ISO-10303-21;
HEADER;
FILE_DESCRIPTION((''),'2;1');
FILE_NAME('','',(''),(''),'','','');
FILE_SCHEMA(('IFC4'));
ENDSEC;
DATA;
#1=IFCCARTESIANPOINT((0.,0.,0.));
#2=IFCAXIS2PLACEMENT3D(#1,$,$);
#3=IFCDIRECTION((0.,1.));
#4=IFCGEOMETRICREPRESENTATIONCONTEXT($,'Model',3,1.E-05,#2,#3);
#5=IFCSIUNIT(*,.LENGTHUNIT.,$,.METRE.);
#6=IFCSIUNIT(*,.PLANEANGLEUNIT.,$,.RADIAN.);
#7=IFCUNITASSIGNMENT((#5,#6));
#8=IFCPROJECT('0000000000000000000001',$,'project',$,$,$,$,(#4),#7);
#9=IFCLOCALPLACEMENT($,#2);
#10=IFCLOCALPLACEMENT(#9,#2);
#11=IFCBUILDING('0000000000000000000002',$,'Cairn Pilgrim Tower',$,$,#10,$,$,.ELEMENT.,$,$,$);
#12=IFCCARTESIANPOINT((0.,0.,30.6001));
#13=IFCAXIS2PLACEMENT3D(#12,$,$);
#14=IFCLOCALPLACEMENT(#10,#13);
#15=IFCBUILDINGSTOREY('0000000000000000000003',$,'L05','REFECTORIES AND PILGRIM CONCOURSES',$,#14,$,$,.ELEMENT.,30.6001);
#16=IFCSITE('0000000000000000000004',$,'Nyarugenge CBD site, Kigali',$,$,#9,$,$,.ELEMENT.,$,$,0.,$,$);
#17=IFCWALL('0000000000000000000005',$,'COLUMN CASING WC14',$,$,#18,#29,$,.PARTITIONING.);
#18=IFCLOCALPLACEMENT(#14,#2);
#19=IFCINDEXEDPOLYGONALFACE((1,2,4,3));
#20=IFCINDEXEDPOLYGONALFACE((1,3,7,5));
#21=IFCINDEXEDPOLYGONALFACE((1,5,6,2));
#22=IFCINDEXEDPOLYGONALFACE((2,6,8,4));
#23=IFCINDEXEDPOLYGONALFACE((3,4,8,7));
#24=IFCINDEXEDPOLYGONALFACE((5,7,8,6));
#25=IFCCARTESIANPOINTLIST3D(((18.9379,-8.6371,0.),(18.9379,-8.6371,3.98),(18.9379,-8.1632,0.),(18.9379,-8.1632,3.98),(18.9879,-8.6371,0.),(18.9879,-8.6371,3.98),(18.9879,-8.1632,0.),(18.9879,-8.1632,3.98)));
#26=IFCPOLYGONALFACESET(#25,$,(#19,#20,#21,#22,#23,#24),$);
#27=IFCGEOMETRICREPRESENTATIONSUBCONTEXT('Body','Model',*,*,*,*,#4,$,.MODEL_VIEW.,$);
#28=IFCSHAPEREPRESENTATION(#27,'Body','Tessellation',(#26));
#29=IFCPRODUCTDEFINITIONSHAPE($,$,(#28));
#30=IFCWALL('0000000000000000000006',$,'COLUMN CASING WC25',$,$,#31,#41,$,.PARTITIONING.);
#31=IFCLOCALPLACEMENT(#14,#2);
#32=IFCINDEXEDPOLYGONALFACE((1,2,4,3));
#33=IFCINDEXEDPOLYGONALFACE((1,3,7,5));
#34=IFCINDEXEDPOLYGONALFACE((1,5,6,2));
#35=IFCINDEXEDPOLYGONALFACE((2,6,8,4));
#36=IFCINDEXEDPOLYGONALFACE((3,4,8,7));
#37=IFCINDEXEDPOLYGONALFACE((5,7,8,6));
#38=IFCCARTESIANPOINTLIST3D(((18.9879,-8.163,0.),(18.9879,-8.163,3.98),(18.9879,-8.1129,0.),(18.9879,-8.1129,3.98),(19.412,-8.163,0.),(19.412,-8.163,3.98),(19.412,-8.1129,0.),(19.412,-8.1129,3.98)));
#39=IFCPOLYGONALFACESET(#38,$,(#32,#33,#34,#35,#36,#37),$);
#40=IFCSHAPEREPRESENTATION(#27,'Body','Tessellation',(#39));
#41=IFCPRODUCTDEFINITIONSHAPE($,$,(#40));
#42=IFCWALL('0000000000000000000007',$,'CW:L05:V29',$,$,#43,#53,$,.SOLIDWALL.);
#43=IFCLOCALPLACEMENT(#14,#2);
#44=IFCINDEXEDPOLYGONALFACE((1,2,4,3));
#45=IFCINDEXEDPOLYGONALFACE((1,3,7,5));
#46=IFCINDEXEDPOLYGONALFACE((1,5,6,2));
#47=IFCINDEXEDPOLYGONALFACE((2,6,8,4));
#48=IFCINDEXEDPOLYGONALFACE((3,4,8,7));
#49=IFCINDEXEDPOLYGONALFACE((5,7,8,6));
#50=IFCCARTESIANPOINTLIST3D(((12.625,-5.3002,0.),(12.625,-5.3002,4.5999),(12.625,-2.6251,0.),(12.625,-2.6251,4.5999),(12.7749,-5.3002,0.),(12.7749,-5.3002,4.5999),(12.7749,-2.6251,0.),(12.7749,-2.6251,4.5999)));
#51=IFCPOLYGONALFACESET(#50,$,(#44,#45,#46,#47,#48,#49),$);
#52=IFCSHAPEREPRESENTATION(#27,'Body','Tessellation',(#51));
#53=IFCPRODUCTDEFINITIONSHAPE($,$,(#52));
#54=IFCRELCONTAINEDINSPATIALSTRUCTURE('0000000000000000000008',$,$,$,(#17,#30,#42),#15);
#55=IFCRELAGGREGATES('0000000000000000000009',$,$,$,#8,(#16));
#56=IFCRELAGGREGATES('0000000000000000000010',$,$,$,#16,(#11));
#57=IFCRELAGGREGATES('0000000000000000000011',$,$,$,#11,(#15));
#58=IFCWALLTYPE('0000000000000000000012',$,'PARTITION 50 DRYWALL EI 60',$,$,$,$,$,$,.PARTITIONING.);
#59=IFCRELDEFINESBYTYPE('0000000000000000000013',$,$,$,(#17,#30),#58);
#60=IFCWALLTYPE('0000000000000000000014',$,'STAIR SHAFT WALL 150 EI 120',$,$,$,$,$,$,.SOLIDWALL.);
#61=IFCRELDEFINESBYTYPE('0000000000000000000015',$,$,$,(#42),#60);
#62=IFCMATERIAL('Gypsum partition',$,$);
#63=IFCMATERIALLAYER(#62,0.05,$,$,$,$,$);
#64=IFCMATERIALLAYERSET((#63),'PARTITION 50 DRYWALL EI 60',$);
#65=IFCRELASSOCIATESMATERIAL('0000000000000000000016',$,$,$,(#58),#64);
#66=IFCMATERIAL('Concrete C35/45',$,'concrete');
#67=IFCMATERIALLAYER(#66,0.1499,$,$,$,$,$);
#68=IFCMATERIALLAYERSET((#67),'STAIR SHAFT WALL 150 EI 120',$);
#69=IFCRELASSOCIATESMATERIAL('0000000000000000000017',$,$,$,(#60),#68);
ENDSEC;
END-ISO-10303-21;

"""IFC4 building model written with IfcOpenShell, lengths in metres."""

from ifc_helpers import new_model, si_unit, direction, frame, frame_2d, origin, place, context, subcontext, project, spatial, rectangle, extrude, material, layer, layer_set, type_object, element, save


model = new_model("IFC4")

# Units and contexts
model_context = context("Model", 3, precision=1e-05, world=origin(), true_north=direction((0.0, 1.0)))
body_context = subcontext(model_context, "Body", "Model", "MODEL_VIEW")
ifc_project = project(units=[si_unit("LENGTHUNIT", "METRE"), si_unit("PLANEANGLEUNIT", "RADIAN")], contexts=[model_context])

# Site, building, storey
site_placement = place(None, origin())
site = spatial("IfcSite", under=ifc_project, at=site_placement, Name="Nyarugenge CBD site, Kigali", CompositionType="ELEMENT", RefElevation=0.0)
building_placement = place(site_placement, origin())
building = spatial("IfcBuilding", under=site, at=building_placement, Name="Cairn Pilgrim Tower", CompositionType="ELEMENT")
storey_placement = place(building_placement, frame((0.0, 0.0, 30.6001)))
storey = spatial("IfcBuildingStorey", under=building, at=storey_placement, Name="L05", Description="REFECTORIES AND PILGRIM CONCOURSES", CompositionType="ELEMENT", Elevation=30.6001)

# Walls
ifc_material_1 = material(Name="Gypsum partition")
ifc_layer_1 = layer(ifc_material_1, 0.05)
ifc_layer_set_1 = layer_set([ifc_layer_1], Name="PARTITION 50 DRYWALL EI 60")
wall_type_1 = type_object("IfcWallType", Name="PARTITION 50 DRYWALL EI 60", PredefinedType="PARTITIONING", material=ifc_layer_set_1)
wall_1_placement = place(storey_placement, frame((18.9629, -8.637, 0.0), z_axis=(0.0, 0.0, 1.0), x_axis=(0.0, 1.0, 0.0)))
element("IfcWall", 1, at=wall_1_placement, inside=storey, type_object=wall_type_1, Name="COLUMN CASING WC14", PredefinedType="PARTITIONING", context=body_context, shape_type="SweptSolid", body=[
    extrude(rectangle(XDim=0.4739, YDim=0.05, at=frame_2d((0.2368, 0.0))), origin(), (0.0, 0.0, 1.0), 3.98),
])
wall_2_placement = place(storey_placement, frame((18.988, -8.1379, 0.0), z_axis=(0.0, 0.0, 1.0), x_axis=(1.0, 0.0, 0.0)))
element("IfcWall", 2, at=wall_2_placement, inside=storey, type_object=wall_type_1, Name="COLUMN CASING WC25", PredefinedType="PARTITIONING", context=body_context, shape_type="SweptSolid", body=[
    extrude(rectangle(XDim=0.4241, YDim=0.05, at=frame_2d((0.2119, 0.0))), origin(), (0.0, 0.0, 1.0), 3.98),
])
ifc_material_2 = material(Name="Concrete C35/45", Category="concrete")
ifc_layer_2 = layer(ifc_material_2, 0.1499)
ifc_layer_set_2 = layer_set([ifc_layer_2], Name="STAIR SHAFT WALL 150 EI 120")
wall_type_2 = type_object("IfcWallType", Name="STAIR SHAFT WALL 150 EI 120", PredefinedType="SOLIDWALL", material=ifc_layer_set_2)
wall_3_placement = place(storey_placement, frame((12.7, -5.3, 0.0), z_axis=(0.0, 0.0, 1.0), x_axis=(0.0, 1.0, 0.0)))
element("IfcWall", 3, at=wall_3_placement, inside=storey, type_object=wall_type_2, Name="CW:L05:V29", PredefinedType="SOLIDWALL", context=body_context, shape_type="SweptSolid", body=[
    extrude(rectangle(XDim=2.675, YDim=0.1499, at=frame_2d((1.3374, 0.0))), origin(), (0.0, 0.0, 1.0), 4.5999),
])

save(model, "model.ifc")
